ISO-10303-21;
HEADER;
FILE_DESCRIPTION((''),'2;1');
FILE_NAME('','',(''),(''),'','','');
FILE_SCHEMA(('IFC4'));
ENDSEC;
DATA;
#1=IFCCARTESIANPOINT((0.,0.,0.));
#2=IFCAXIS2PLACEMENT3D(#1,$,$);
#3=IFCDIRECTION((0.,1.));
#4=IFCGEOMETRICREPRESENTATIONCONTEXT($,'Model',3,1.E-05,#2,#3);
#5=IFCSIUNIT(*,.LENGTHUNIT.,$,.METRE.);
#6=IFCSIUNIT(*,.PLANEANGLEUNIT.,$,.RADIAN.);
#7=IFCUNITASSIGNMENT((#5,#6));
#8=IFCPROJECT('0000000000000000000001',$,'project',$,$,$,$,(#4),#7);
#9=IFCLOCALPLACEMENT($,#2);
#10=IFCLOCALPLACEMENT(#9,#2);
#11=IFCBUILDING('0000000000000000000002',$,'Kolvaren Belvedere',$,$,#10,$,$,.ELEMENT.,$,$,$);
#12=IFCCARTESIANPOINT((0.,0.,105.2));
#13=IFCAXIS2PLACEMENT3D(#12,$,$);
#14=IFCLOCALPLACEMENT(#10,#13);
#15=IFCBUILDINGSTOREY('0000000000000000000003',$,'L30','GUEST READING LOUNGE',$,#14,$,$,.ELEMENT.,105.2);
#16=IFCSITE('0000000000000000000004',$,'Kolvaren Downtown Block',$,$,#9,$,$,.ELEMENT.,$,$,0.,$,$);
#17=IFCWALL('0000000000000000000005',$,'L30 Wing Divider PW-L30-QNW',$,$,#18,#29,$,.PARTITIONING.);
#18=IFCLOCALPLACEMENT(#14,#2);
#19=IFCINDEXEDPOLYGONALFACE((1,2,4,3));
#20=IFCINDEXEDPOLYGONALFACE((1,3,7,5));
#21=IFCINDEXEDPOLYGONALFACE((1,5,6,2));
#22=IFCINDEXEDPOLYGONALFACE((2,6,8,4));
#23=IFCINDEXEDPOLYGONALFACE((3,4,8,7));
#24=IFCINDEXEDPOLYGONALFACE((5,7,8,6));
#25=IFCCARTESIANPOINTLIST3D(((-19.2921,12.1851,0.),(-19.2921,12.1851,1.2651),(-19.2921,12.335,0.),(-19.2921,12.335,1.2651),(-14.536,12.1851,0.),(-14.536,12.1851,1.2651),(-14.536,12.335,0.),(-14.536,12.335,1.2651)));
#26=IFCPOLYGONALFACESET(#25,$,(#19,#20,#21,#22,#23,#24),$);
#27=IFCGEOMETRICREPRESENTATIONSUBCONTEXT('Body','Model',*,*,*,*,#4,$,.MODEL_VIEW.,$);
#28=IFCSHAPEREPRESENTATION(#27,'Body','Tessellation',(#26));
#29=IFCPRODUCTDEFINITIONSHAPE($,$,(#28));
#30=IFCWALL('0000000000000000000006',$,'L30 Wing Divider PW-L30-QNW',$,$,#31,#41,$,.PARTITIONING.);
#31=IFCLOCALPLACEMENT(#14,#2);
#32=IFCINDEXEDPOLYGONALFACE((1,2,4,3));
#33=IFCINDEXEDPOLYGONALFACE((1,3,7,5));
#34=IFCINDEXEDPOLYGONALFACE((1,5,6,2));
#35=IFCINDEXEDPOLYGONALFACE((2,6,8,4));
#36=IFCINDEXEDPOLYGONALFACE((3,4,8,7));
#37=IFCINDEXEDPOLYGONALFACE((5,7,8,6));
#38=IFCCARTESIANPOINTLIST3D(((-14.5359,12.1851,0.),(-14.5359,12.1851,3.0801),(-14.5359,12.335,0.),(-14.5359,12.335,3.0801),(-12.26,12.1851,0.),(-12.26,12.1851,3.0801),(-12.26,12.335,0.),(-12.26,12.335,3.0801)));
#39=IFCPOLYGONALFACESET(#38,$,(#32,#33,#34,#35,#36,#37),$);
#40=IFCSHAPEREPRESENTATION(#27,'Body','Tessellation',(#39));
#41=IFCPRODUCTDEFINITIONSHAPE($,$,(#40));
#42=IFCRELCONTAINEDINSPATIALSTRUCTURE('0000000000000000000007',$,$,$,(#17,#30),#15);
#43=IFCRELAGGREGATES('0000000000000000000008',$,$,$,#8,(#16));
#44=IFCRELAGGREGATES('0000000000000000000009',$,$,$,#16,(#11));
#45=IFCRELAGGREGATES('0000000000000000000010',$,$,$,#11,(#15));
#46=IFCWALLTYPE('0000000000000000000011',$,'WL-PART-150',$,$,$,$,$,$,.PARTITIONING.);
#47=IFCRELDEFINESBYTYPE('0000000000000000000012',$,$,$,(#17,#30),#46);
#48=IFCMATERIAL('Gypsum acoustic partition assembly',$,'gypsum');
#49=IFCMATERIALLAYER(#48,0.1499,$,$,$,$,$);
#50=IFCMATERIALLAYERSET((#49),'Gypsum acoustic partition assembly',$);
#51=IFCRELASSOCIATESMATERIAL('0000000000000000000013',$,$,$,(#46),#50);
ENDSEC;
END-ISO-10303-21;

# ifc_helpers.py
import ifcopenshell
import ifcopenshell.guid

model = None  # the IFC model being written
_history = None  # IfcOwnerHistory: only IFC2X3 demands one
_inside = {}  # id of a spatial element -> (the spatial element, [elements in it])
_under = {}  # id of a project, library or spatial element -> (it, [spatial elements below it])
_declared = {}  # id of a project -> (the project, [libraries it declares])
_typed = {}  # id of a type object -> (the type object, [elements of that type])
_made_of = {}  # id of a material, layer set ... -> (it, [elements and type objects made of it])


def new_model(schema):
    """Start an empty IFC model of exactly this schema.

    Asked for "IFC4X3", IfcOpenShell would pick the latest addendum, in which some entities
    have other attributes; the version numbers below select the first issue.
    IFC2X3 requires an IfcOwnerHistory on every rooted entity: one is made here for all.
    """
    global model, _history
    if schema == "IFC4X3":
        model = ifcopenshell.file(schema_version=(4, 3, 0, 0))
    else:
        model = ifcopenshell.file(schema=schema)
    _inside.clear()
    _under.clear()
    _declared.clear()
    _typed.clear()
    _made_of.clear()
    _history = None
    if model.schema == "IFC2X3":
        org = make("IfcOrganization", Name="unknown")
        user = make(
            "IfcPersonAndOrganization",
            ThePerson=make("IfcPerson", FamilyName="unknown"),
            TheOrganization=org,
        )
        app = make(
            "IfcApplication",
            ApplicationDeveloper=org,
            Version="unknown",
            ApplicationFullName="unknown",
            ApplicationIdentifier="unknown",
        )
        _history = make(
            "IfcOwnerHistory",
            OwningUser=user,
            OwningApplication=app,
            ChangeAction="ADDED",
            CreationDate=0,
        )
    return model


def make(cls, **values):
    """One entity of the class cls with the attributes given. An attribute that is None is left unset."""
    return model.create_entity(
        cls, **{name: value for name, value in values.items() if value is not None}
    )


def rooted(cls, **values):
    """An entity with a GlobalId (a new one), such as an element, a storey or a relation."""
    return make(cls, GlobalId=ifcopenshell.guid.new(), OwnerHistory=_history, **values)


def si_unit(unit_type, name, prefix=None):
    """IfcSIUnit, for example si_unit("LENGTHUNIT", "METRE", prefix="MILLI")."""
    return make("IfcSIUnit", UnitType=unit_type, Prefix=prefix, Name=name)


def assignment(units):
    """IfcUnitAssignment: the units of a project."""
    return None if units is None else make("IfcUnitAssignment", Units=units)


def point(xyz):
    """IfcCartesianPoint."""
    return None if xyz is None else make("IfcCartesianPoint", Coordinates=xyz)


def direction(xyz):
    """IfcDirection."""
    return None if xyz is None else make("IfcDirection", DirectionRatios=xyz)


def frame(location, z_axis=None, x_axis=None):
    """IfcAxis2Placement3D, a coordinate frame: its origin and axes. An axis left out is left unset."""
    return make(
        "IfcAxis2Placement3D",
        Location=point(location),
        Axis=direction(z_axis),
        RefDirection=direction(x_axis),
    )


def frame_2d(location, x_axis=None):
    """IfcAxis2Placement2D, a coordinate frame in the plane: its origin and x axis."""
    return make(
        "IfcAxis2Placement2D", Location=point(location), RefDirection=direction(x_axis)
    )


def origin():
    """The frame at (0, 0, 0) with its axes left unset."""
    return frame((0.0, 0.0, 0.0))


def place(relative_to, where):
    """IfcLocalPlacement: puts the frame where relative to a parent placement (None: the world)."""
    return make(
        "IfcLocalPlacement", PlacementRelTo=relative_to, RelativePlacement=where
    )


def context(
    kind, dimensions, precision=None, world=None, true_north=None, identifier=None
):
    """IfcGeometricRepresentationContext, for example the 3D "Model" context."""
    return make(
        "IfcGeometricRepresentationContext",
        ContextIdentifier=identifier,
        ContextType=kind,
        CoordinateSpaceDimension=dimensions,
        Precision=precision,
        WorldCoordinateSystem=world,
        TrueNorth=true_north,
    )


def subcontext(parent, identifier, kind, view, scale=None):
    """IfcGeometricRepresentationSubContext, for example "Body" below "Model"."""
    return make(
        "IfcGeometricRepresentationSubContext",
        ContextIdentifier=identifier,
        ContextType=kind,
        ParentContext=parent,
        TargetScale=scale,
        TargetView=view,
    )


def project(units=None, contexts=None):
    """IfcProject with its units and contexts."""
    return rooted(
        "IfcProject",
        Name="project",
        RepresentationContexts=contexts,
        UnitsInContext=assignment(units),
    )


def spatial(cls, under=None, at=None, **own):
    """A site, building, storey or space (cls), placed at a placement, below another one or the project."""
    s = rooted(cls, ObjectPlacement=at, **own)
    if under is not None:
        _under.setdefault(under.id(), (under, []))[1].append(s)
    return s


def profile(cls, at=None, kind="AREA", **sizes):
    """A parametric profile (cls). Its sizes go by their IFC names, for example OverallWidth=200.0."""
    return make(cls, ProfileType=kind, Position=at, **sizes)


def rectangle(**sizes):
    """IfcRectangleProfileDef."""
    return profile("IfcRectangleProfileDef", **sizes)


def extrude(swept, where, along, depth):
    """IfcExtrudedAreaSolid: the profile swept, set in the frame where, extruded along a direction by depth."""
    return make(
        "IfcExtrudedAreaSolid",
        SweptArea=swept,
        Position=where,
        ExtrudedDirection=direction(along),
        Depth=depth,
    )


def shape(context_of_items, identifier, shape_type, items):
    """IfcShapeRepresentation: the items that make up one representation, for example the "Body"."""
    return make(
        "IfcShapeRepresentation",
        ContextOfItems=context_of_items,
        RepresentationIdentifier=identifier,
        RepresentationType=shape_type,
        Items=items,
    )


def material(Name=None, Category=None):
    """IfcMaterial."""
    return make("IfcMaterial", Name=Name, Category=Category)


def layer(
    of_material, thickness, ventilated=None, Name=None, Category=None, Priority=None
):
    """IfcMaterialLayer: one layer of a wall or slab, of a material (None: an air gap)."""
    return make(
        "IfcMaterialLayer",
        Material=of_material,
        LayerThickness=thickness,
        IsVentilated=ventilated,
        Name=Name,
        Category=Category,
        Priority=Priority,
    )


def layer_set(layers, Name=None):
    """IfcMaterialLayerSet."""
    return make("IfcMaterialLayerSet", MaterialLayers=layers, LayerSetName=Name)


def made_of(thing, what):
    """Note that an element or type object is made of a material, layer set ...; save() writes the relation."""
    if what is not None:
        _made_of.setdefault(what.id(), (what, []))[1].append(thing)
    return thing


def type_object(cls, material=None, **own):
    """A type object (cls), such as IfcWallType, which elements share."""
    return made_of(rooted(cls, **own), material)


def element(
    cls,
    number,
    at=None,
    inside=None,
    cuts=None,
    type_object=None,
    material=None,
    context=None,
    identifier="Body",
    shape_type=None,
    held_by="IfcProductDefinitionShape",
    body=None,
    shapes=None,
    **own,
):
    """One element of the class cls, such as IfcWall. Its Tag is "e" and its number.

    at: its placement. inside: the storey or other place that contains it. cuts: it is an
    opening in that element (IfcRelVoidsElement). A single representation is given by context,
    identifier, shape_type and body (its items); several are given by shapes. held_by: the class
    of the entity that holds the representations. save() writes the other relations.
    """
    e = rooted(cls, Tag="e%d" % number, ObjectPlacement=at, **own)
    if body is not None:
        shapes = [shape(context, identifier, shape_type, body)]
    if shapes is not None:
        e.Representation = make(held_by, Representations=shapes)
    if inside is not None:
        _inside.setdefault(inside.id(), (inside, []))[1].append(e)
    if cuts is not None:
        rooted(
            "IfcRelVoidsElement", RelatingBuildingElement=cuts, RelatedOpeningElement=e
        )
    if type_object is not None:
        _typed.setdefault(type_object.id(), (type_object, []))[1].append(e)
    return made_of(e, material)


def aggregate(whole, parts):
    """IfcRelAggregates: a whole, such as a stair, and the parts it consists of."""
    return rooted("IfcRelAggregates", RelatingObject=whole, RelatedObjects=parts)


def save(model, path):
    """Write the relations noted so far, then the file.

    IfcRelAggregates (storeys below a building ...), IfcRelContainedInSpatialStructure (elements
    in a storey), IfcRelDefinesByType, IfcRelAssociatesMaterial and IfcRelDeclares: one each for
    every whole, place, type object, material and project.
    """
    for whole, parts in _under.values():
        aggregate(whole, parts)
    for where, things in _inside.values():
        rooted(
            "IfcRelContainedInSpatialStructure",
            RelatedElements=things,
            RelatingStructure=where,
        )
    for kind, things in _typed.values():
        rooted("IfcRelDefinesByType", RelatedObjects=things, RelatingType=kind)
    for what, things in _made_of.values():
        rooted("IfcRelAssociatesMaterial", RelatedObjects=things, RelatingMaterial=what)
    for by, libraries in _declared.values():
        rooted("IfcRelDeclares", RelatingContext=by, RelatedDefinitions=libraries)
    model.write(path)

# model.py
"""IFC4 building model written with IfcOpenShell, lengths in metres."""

from ifc_helpers import new_model, si_unit, direction, frame, frame_2d, origin, place, context, subcontext, project, spatial, rectangle, extrude, material, layer, layer_set, type_object, element, save


model = new_model("IFC4")

# Units and contexts
model_context = context("Model", 3, precision=1e-05, world=origin(), true_north=direction((0.0, 1.0)))
body_context = subcontext(model_context, "Body", "Model", "MODEL_VIEW")
ifc_project = project(units=[si_unit("LENGTHUNIT", "METRE"), si_unit("PLANEANGLEUNIT", "RADIAN")], contexts=[model_context])

# Site, building, storey
site_placement = place(None, origin())
site = spatial("IfcSite", under=ifc_project, at=site_placement, Name="Kolvaren Downtown Block", CompositionType="ELEMENT", RefElevation=0.0)
building_placement = place(site_placement, origin())
building = spatial("IfcBuilding", under=site, at=building_placement, Name="Kolvaren Belvedere", CompositionType="ELEMENT")
storey_placement = place(building_placement, frame((0.0, 0.0, 105.2)))
storey = spatial("IfcBuildingStorey", under=building, at=storey_placement, Name="L30", Description="GUEST READING LOUNGE", CompositionType="ELEMENT", Elevation=105.2)

# Walls
ifc_material_1 = material(Name="Gypsum acoustic partition assembly", Category="gypsum")
ifc_layer_1 = layer(ifc_material_1, 0.1499)
ifc_layer_set_1 = layer_set([ifc_layer_1], Name="Gypsum acoustic partition assembly")
wall_type_1 = type_object("IfcWallType", Name="WL-PART-150", PredefinedType="PARTITIONING", material=ifc_layer_set_1)
wall_1_placement = place(storey_placement, frame((-19.292, 12.26, 0.0), z_axis=(0.0, 0.0, 1.0), x_axis=(1.0, 0.0, 0.0)))
element("IfcWall", 1, at=wall_1_placement, inside=storey, type_object=wall_type_1, Name="L30 Wing Divider PW-L30-QNW", PredefinedType="PARTITIONING", context=body_context, shape_type="SweptSolid", body=[
    extrude(rectangle(XDim=4.7561, YDim=0.1499, at=frame_2d((2.3779, 0.0))), origin(), (0.0, 0.0, 1.0), 1.2651),
])
wall_2_placement = place(storey_placement, frame((-14.5359, 12.26, 0.0), z_axis=(0.0, 0.0, 1.0), x_axis=(1.0, 0.0, 0.0)))
element("IfcWall", 2, at=wall_2_placement, inside=storey, type_object=wall_type_1, Name="L30 Wing Divider PW-L30-QNW", PredefinedType="PARTITIONING", context=body_context, shape_type="SweptSolid", body=[
    extrude(rectangle(XDim=2.2759, YDim=0.1499, at=frame_2d((1.1379, 0.0))), origin(), (0.0, 0.0, 1.0), 3.0801),
])

save(model, "model.ifc")
